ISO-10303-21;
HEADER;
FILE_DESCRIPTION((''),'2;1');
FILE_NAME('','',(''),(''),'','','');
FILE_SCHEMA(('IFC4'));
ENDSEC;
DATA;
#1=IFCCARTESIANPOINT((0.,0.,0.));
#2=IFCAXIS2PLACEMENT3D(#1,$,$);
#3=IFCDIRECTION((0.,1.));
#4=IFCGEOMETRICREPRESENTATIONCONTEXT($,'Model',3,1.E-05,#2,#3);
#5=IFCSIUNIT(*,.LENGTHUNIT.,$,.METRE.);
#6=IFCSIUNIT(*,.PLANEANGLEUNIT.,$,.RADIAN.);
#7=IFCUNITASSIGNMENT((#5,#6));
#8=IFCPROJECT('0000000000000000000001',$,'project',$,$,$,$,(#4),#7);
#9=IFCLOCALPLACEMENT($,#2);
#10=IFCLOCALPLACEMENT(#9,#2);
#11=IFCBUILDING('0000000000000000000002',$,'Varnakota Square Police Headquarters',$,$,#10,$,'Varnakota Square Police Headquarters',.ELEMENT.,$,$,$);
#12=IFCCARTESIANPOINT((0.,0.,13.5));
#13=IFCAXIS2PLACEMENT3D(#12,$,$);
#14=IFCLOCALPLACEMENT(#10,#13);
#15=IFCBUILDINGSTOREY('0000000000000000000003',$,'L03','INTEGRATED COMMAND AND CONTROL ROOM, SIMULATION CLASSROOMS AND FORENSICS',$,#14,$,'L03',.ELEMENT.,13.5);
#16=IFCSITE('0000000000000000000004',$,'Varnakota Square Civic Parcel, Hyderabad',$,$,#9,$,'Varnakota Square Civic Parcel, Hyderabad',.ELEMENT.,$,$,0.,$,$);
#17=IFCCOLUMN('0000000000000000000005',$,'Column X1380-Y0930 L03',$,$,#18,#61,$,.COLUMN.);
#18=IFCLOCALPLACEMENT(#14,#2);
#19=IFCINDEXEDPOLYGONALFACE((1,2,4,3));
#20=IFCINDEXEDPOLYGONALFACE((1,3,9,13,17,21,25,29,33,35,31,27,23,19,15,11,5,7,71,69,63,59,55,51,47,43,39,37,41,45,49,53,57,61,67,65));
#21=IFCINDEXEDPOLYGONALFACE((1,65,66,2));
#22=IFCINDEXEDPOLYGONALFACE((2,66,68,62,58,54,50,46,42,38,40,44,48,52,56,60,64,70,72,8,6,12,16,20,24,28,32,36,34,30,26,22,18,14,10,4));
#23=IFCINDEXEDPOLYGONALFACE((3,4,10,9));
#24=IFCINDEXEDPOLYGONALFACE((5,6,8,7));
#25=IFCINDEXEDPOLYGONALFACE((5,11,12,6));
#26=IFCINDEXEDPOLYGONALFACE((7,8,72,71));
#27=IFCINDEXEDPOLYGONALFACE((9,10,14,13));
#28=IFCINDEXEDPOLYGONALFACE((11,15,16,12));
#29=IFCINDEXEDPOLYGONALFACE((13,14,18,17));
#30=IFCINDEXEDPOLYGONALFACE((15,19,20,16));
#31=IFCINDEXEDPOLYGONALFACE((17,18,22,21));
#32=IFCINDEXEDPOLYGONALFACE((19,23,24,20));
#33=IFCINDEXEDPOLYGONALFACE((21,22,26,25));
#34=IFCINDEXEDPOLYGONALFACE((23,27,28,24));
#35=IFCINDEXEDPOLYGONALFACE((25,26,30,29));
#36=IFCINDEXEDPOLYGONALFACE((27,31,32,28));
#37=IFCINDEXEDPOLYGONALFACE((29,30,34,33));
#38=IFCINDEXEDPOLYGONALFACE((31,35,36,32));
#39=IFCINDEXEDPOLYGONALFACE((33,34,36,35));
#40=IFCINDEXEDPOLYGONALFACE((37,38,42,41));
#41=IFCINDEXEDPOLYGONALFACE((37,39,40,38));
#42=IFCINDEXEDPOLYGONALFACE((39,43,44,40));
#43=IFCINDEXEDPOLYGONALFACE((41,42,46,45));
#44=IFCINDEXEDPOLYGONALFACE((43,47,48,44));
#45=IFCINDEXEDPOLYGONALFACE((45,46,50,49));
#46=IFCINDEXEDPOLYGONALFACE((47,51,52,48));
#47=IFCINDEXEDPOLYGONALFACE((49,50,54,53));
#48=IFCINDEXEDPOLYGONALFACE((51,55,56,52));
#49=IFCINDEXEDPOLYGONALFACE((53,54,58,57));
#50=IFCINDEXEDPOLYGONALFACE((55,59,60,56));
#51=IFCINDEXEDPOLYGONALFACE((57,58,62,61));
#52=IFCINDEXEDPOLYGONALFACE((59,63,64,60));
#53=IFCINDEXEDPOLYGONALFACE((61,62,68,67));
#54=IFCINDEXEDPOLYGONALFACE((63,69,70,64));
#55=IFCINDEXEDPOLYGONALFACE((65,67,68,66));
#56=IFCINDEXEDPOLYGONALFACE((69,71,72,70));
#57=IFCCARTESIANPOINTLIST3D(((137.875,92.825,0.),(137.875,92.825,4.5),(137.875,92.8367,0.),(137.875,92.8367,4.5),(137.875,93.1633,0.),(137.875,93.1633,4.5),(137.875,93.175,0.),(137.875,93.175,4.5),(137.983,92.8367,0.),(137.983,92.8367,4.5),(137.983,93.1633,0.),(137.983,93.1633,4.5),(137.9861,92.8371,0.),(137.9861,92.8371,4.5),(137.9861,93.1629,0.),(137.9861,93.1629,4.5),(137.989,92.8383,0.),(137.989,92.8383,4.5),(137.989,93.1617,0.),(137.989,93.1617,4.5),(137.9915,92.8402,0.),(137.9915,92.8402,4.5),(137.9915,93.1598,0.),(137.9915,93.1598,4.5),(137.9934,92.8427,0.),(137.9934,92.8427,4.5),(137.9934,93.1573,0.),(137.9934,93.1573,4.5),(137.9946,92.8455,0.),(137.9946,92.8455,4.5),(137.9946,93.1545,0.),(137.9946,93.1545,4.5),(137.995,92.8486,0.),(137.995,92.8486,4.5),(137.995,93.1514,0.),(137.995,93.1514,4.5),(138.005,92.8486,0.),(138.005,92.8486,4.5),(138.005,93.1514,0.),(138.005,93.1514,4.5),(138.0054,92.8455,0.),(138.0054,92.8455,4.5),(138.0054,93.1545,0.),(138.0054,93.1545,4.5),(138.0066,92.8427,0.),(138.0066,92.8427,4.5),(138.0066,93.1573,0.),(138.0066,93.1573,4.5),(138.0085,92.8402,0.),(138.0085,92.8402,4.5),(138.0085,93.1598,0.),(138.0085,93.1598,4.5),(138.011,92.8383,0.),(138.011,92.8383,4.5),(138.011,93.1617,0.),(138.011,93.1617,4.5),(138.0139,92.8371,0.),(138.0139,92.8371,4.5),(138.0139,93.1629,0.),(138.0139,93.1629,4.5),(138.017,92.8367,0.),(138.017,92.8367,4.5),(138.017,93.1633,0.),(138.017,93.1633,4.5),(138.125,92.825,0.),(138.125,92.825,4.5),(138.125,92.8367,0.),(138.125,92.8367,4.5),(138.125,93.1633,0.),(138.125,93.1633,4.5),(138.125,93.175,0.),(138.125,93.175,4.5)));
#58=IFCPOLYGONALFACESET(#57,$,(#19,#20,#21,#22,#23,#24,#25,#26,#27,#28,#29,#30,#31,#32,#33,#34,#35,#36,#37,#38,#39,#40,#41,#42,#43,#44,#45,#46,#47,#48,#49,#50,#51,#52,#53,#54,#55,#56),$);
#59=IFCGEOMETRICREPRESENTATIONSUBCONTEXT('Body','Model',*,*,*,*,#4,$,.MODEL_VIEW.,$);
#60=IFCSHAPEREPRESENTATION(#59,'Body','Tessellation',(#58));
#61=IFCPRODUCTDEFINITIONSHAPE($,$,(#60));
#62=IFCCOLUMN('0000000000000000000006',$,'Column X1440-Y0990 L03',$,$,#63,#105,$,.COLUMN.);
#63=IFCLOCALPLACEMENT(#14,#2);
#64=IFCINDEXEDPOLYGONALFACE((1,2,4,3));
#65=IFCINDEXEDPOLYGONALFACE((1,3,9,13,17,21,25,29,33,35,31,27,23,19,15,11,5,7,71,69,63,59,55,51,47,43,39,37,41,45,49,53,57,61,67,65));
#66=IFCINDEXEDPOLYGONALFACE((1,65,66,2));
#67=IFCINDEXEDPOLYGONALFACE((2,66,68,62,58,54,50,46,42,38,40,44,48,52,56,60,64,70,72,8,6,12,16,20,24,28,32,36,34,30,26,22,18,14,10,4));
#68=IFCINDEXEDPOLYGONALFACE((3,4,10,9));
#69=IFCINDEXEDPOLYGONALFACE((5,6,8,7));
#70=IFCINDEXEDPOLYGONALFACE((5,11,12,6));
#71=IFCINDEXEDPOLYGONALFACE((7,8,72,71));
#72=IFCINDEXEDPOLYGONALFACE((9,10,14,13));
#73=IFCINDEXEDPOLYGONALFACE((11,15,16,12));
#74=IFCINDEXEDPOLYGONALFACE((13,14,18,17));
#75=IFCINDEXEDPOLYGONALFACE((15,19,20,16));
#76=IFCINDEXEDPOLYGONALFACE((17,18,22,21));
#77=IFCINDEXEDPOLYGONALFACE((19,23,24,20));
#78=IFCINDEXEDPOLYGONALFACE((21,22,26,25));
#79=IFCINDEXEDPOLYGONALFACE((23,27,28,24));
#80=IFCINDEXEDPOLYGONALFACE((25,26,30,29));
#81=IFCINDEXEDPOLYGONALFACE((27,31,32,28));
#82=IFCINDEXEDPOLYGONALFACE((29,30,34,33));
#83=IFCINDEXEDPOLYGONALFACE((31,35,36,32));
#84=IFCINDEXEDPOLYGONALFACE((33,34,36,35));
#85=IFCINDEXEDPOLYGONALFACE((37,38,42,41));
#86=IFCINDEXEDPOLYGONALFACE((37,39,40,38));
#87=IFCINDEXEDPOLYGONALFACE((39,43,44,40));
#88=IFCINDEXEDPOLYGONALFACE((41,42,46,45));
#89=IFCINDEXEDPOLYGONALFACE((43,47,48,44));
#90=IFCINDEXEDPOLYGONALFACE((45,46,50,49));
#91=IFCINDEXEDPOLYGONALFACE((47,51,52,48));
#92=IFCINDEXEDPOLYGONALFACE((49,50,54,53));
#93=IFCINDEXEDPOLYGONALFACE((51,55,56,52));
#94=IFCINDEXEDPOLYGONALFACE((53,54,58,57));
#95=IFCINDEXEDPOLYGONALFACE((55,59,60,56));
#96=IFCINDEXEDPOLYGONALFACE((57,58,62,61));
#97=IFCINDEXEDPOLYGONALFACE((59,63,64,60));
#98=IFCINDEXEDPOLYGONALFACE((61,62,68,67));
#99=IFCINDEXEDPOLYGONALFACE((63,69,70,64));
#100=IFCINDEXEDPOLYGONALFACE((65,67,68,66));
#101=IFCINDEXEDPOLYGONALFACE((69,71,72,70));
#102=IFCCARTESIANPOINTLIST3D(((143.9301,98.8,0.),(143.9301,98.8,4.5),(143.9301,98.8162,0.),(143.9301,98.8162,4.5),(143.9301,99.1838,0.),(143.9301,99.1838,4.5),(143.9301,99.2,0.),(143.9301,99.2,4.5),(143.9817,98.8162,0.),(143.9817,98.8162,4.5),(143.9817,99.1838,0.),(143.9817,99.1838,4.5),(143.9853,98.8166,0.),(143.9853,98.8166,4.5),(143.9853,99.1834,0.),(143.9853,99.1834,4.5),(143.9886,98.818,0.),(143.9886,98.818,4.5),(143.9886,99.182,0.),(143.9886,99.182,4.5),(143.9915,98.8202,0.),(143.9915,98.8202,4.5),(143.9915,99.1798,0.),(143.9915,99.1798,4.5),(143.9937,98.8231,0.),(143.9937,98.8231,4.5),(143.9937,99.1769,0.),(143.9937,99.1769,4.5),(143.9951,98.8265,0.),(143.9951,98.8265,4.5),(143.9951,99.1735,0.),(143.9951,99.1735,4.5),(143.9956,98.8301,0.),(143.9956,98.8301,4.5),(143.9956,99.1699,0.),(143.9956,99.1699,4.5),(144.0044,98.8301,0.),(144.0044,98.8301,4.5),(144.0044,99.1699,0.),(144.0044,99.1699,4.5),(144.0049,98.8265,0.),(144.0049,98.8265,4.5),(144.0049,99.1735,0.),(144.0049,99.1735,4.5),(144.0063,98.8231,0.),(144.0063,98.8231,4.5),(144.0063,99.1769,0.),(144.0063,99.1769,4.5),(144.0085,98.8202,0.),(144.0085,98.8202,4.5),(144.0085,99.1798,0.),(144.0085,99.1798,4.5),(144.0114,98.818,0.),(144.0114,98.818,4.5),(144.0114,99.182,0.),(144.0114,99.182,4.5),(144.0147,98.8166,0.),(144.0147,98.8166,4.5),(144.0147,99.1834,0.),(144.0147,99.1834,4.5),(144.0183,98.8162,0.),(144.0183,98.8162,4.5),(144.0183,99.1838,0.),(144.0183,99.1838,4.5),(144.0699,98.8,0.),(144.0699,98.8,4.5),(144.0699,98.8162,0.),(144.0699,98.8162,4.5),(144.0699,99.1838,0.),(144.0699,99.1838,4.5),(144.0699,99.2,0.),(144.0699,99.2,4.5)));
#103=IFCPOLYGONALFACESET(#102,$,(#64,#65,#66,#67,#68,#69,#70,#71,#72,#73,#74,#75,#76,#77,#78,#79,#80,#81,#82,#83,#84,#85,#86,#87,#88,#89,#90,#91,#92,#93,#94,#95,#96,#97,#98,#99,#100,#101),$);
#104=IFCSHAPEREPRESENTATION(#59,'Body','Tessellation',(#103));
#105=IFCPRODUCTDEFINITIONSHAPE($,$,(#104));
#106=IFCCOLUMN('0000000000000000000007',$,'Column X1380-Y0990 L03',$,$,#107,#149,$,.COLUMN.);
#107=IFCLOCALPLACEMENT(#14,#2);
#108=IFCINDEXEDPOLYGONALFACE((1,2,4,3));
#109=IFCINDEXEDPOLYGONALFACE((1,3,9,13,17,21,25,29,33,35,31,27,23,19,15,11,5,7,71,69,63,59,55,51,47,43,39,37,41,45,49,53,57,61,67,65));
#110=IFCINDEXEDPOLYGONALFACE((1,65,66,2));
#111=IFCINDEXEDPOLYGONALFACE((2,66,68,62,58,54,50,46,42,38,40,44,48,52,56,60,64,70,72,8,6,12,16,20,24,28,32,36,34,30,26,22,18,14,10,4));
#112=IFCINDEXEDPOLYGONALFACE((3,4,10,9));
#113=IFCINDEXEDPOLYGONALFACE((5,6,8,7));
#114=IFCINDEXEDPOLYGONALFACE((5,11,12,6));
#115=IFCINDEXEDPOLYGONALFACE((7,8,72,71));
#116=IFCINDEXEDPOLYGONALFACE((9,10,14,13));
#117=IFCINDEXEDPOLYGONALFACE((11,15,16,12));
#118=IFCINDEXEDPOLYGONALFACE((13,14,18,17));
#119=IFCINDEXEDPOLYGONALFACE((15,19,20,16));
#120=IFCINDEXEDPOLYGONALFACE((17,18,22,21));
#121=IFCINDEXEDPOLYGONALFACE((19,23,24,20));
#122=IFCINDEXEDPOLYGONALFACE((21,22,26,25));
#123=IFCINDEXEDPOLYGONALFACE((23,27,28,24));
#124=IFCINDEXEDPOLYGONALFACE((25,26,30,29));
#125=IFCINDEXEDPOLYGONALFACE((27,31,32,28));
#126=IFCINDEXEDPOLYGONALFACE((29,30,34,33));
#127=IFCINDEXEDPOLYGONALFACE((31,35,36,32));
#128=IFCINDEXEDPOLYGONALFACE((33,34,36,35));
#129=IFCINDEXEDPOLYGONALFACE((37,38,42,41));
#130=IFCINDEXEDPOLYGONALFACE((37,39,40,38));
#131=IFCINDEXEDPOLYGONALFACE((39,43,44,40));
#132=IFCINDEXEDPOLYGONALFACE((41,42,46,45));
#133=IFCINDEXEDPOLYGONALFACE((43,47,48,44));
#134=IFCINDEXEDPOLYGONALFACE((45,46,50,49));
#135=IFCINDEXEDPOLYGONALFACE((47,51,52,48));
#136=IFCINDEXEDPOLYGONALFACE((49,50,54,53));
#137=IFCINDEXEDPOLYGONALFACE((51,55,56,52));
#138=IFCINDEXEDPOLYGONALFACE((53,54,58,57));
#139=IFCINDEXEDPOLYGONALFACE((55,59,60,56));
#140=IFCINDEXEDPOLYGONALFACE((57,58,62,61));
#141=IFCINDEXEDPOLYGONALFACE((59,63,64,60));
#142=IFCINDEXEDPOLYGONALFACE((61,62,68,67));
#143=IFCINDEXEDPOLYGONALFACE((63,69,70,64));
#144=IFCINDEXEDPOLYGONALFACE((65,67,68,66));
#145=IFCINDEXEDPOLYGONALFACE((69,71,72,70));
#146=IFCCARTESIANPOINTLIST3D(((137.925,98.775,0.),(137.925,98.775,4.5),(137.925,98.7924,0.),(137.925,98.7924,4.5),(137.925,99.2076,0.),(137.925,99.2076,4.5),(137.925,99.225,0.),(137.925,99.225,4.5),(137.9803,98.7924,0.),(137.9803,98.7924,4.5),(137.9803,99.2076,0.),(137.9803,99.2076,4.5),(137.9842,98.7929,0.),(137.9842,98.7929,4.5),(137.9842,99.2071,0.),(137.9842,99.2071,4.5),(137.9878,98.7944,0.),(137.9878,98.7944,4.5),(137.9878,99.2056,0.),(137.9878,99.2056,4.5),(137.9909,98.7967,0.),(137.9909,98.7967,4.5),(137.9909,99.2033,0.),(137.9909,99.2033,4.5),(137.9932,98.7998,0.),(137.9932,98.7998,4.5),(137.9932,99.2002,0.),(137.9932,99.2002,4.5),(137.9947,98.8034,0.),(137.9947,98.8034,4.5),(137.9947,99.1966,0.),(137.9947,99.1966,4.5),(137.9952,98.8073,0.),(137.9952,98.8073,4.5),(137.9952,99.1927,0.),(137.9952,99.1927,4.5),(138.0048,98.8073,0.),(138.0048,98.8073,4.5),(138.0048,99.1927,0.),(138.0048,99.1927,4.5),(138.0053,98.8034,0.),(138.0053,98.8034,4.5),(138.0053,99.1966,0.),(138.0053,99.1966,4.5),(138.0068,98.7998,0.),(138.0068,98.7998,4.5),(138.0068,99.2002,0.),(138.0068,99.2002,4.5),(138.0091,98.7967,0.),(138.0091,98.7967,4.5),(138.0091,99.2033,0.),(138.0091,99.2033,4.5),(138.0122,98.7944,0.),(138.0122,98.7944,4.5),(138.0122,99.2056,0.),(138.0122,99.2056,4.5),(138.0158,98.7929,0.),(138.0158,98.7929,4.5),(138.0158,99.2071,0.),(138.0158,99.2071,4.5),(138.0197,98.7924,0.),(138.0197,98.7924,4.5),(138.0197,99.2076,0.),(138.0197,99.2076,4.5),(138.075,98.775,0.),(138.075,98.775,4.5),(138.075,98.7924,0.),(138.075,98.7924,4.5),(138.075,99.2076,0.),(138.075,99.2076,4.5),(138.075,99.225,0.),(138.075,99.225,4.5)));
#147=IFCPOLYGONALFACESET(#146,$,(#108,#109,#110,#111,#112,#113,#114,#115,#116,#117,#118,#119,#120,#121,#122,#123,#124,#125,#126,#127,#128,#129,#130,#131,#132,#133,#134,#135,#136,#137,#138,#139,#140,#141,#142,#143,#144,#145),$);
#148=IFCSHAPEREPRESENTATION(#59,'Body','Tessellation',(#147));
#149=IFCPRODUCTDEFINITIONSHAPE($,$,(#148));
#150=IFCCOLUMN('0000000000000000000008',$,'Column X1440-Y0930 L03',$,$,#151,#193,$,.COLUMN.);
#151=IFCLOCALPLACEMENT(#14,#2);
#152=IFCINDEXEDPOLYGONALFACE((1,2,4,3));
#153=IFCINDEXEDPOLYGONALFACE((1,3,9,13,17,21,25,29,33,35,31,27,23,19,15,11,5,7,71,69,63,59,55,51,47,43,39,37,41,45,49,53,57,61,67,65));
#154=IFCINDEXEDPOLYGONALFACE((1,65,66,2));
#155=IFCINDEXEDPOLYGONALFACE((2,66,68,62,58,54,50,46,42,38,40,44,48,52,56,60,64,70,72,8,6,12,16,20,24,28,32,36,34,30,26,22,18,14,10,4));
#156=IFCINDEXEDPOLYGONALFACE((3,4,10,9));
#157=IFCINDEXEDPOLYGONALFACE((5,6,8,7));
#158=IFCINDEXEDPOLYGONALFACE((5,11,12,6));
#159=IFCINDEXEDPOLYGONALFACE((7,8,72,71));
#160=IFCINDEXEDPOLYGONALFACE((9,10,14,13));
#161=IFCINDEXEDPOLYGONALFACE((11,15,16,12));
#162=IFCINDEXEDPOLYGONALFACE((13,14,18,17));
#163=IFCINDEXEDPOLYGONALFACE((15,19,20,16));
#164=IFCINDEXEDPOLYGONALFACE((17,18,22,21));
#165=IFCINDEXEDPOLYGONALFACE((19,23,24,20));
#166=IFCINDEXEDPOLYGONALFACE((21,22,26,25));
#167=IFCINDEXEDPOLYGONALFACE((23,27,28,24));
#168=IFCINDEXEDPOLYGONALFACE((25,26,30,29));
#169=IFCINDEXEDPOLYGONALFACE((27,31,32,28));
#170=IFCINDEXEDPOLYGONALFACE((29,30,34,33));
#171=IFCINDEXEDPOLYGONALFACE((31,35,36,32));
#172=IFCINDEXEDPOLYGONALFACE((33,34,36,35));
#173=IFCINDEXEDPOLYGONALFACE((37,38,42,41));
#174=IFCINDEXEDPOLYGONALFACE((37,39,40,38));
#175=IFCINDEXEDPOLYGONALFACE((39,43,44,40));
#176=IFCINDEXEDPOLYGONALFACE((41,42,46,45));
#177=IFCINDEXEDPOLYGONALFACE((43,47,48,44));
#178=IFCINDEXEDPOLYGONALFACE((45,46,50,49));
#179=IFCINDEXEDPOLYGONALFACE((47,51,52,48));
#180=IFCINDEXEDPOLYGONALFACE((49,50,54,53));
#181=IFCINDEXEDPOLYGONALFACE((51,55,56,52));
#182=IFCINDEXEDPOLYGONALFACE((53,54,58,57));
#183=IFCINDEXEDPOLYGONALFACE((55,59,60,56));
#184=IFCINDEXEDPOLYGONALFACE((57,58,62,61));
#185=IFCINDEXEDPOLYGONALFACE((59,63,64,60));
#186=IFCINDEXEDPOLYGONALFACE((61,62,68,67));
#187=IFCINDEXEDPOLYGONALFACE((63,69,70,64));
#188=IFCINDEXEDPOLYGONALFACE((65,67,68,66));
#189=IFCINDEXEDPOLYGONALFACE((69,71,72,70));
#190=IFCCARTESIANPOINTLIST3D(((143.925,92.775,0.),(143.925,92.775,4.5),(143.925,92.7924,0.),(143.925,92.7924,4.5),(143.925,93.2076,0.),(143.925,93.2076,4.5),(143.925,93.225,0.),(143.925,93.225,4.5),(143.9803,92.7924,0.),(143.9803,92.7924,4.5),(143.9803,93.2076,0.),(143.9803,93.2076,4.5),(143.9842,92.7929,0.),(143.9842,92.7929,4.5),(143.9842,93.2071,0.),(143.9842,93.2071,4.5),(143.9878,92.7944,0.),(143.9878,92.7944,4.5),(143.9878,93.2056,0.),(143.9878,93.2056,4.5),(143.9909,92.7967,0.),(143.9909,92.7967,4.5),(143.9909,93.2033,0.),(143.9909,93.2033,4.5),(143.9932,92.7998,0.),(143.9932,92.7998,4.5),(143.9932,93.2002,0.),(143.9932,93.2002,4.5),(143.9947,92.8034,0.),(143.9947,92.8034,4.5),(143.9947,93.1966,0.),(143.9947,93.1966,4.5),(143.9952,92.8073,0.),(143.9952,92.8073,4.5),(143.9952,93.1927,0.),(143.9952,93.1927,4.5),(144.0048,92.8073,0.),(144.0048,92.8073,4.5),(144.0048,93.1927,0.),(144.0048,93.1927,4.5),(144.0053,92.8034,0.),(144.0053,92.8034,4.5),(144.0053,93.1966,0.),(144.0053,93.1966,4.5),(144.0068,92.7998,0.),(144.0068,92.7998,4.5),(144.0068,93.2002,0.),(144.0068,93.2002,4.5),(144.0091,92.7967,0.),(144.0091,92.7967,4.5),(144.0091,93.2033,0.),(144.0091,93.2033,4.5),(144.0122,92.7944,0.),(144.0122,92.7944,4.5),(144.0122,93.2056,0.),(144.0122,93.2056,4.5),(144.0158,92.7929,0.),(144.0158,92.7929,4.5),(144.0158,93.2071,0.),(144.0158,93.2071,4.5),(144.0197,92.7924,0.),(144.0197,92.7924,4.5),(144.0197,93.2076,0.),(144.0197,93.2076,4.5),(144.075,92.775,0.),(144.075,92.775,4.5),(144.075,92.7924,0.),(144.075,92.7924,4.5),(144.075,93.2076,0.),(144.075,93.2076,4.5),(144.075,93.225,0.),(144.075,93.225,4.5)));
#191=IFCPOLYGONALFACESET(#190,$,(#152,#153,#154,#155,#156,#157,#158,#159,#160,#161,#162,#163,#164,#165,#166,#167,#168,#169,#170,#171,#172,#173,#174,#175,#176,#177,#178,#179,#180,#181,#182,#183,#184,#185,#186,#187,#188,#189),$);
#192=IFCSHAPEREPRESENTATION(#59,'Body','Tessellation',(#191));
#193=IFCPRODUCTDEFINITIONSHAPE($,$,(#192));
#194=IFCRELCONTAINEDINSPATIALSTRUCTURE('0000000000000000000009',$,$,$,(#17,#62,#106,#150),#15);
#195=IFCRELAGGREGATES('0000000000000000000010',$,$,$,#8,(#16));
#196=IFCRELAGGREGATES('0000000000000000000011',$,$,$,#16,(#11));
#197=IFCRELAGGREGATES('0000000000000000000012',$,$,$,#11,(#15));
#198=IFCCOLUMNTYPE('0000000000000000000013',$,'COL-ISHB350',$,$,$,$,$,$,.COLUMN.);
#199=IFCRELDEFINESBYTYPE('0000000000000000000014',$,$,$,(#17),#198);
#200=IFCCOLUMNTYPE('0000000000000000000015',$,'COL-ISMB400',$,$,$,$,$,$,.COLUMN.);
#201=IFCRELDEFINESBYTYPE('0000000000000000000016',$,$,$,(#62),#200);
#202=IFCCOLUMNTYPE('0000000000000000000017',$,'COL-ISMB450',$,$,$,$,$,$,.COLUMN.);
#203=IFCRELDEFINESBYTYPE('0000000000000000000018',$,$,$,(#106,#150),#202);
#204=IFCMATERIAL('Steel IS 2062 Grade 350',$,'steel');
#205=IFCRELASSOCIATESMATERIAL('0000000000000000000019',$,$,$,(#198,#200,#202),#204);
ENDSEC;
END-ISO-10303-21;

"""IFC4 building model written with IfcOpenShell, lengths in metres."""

from ifc_helpers import new_model, si_unit, direction, frame, origin, origin_2d, place, context, subcontext, project, spatial, i_section, extrude, material, material_profile, profile_set, type_object, element, save


model = new_model("IFC4")

# Units and contexts
model_context = context("Model", 3, precision=1e-05, world=origin(), true_north=direction((0.0, 1.0)))
body_context = subcontext(model_context, "Body", "Model", "MODEL_VIEW")
ifc_project = project(units=[si_unit("LENGTHUNIT", "METRE"), si_unit("PLANEANGLEUNIT", "RADIAN")], contexts=[model_context])

# Site, building, storey
site_placement = place(None, origin())
site = spatial("IfcSite", under=ifc_project, at=site_placement, Name="Varnakota Square Civic Parcel, Hyderabad", LongName="Varnakota Square Civic Parcel, Hyderabad", CompositionType="ELEMENT", RefElevation=0.0)
building_placement = place(site_placement, origin())
building = spatial("IfcBuilding", under=site, at=building_placement, Name="Varnakota Square Police Headquarters", LongName="Varnakota Square Police Headquarters", CompositionType="ELEMENT")
storey_placement = place(building_placement, frame((0.0, 0.0, 13.5)))
storey = spatial("IfcBuildingStorey", under=building, at=storey_placement, Name="L03", Description="INTEGRATED COMMAND AND CONTROL ROOM, SIMULATION CLASSROOMS AND FORENSICS", LongName="L03", CompositionType="ELEMENT", Elevation=13.5)

# Columns
ifc_material_1 = material(Name="Steel IS 2062 Grade 350", Category="steel")
ifc_material_profile_1 = material_profile(ifc_material_1, i_section(OverallWidth=0.25, OverallDepth=0.3501, WebThickness=0.01, FlangeThickness=0.0117, FilletRadius=0.012, at=origin_2d()), Name="ISHB 350")
ifc_profile_set_1 = profile_set([ifc_material_profile_1], Name="Steel IS 2062 Grade 350")
column_type_1 = type_object("IfcColumnType", Name="COL-ISHB350", PredefinedType="COLUMN", material=ifc_profile_set_1)
column_1_placement = place(storey_placement, frame((138.0, 93.0, 0.0), z_axis=(0.0, 0.0, 1.0), x_axis=(1.0, 0.0, 0.0)))
element("IfcColumn", 1, at=column_1_placement, inside=storey, type_object=column_type_1, Name="Column X1380-Y0930 L03", PredefinedType="COLUMN", context=body_context, shape_type="SweptSolid", body=[
    extrude(i_section(OverallWidth=0.25, OverallDepth=0.3501, WebThickness=0.01, FlangeThickness=0.0117, FilletRadius=0.012, at=origin_2d()), origin(), (0.0, 0.0, 1.0), 4.5),
])
ifc_material_profile_2 = material_profile(ifc_material_1, i_section(OverallWidth=0.1399, OverallDepth=0.3999, WebThickness=0.0088, FlangeThickness=0.0161, FilletRadius=0.0139, at=origin_2d()), Name="ISMB 400")
ifc_profile_set_2 = profile_set([ifc_material_profile_2], Name="Steel IS 2062 Grade 350")
column_type_2 = type_object("IfcColumnType", Name="COL-ISMB400", PredefinedType="COLUMN", material=ifc_profile_set_2)
column_2_placement = place(storey_placement, frame((144.0, 99.0, 0.0), z_axis=(0.0, 0.0, 1.0), x_axis=(1.0, 0.0, 0.0)))
element("IfcColumn", 2, at=column_2_placement, inside=storey, type_object=column_type_2, Name="Column X1440-Y0990 L03", PredefinedType="COLUMN", context=body_context, shape_type="SweptSolid", body=[
    extrude(i_section(OverallWidth=0.1399, OverallDepth=0.3999, WebThickness=0.0088, FlangeThickness=0.0161, FilletRadius=0.0139, at=origin_2d()), origin(), (0.0, 0.0, 1.0), 4.5),
])
ifc_material_profile_3 = material_profile(ifc_material_1, i_section(OverallWidth=0.1499, OverallDepth=0.45, WebThickness=0.0095, FlangeThickness=0.0173, FilletRadius=0.0149, at=origin_2d()), Name="ISMB 450")
ifc_profile_set_3 = profile_set([ifc_material_profile_3], Name="Steel IS 2062 Grade 350")
column_type_3 = type_object("IfcColumnType", Name="COL-ISMB450", PredefinedType="COLUMN", material=ifc_profile_set_3)
for number, where, z_axis, x_axis, name in (
    (3, (138.0, 99.0, 0.0), (0.0, 0.0, 1.0), (1.0, 0.0, 0.0), "Column X1380-Y0990 L03"),
    (4, (144.0, 93.0, 0.0), (0.0, 0.0, 1.0), (1.0, 0.0, 0.0), "Column X1440-Y0930 L03"),
):
    element("IfcColumn", number, at=place(storey_placement, frame(where, z_axis=z_axis, x_axis=x_axis)), inside=storey, type_object=column_type_3, Name=name, PredefinedType="COLUMN", context=body_context, shape_type="SweptSolid", body=[
        extrude(i_section(OverallWidth=0.1499, OverallDepth=0.45, WebThickness=0.0095, FlangeThickness=0.0173, FilletRadius=0.0149, at=origin_2d()), origin(), (0.0, 0.0, 1.0), 4.5),
    ])

save(model, "model.ifc")
